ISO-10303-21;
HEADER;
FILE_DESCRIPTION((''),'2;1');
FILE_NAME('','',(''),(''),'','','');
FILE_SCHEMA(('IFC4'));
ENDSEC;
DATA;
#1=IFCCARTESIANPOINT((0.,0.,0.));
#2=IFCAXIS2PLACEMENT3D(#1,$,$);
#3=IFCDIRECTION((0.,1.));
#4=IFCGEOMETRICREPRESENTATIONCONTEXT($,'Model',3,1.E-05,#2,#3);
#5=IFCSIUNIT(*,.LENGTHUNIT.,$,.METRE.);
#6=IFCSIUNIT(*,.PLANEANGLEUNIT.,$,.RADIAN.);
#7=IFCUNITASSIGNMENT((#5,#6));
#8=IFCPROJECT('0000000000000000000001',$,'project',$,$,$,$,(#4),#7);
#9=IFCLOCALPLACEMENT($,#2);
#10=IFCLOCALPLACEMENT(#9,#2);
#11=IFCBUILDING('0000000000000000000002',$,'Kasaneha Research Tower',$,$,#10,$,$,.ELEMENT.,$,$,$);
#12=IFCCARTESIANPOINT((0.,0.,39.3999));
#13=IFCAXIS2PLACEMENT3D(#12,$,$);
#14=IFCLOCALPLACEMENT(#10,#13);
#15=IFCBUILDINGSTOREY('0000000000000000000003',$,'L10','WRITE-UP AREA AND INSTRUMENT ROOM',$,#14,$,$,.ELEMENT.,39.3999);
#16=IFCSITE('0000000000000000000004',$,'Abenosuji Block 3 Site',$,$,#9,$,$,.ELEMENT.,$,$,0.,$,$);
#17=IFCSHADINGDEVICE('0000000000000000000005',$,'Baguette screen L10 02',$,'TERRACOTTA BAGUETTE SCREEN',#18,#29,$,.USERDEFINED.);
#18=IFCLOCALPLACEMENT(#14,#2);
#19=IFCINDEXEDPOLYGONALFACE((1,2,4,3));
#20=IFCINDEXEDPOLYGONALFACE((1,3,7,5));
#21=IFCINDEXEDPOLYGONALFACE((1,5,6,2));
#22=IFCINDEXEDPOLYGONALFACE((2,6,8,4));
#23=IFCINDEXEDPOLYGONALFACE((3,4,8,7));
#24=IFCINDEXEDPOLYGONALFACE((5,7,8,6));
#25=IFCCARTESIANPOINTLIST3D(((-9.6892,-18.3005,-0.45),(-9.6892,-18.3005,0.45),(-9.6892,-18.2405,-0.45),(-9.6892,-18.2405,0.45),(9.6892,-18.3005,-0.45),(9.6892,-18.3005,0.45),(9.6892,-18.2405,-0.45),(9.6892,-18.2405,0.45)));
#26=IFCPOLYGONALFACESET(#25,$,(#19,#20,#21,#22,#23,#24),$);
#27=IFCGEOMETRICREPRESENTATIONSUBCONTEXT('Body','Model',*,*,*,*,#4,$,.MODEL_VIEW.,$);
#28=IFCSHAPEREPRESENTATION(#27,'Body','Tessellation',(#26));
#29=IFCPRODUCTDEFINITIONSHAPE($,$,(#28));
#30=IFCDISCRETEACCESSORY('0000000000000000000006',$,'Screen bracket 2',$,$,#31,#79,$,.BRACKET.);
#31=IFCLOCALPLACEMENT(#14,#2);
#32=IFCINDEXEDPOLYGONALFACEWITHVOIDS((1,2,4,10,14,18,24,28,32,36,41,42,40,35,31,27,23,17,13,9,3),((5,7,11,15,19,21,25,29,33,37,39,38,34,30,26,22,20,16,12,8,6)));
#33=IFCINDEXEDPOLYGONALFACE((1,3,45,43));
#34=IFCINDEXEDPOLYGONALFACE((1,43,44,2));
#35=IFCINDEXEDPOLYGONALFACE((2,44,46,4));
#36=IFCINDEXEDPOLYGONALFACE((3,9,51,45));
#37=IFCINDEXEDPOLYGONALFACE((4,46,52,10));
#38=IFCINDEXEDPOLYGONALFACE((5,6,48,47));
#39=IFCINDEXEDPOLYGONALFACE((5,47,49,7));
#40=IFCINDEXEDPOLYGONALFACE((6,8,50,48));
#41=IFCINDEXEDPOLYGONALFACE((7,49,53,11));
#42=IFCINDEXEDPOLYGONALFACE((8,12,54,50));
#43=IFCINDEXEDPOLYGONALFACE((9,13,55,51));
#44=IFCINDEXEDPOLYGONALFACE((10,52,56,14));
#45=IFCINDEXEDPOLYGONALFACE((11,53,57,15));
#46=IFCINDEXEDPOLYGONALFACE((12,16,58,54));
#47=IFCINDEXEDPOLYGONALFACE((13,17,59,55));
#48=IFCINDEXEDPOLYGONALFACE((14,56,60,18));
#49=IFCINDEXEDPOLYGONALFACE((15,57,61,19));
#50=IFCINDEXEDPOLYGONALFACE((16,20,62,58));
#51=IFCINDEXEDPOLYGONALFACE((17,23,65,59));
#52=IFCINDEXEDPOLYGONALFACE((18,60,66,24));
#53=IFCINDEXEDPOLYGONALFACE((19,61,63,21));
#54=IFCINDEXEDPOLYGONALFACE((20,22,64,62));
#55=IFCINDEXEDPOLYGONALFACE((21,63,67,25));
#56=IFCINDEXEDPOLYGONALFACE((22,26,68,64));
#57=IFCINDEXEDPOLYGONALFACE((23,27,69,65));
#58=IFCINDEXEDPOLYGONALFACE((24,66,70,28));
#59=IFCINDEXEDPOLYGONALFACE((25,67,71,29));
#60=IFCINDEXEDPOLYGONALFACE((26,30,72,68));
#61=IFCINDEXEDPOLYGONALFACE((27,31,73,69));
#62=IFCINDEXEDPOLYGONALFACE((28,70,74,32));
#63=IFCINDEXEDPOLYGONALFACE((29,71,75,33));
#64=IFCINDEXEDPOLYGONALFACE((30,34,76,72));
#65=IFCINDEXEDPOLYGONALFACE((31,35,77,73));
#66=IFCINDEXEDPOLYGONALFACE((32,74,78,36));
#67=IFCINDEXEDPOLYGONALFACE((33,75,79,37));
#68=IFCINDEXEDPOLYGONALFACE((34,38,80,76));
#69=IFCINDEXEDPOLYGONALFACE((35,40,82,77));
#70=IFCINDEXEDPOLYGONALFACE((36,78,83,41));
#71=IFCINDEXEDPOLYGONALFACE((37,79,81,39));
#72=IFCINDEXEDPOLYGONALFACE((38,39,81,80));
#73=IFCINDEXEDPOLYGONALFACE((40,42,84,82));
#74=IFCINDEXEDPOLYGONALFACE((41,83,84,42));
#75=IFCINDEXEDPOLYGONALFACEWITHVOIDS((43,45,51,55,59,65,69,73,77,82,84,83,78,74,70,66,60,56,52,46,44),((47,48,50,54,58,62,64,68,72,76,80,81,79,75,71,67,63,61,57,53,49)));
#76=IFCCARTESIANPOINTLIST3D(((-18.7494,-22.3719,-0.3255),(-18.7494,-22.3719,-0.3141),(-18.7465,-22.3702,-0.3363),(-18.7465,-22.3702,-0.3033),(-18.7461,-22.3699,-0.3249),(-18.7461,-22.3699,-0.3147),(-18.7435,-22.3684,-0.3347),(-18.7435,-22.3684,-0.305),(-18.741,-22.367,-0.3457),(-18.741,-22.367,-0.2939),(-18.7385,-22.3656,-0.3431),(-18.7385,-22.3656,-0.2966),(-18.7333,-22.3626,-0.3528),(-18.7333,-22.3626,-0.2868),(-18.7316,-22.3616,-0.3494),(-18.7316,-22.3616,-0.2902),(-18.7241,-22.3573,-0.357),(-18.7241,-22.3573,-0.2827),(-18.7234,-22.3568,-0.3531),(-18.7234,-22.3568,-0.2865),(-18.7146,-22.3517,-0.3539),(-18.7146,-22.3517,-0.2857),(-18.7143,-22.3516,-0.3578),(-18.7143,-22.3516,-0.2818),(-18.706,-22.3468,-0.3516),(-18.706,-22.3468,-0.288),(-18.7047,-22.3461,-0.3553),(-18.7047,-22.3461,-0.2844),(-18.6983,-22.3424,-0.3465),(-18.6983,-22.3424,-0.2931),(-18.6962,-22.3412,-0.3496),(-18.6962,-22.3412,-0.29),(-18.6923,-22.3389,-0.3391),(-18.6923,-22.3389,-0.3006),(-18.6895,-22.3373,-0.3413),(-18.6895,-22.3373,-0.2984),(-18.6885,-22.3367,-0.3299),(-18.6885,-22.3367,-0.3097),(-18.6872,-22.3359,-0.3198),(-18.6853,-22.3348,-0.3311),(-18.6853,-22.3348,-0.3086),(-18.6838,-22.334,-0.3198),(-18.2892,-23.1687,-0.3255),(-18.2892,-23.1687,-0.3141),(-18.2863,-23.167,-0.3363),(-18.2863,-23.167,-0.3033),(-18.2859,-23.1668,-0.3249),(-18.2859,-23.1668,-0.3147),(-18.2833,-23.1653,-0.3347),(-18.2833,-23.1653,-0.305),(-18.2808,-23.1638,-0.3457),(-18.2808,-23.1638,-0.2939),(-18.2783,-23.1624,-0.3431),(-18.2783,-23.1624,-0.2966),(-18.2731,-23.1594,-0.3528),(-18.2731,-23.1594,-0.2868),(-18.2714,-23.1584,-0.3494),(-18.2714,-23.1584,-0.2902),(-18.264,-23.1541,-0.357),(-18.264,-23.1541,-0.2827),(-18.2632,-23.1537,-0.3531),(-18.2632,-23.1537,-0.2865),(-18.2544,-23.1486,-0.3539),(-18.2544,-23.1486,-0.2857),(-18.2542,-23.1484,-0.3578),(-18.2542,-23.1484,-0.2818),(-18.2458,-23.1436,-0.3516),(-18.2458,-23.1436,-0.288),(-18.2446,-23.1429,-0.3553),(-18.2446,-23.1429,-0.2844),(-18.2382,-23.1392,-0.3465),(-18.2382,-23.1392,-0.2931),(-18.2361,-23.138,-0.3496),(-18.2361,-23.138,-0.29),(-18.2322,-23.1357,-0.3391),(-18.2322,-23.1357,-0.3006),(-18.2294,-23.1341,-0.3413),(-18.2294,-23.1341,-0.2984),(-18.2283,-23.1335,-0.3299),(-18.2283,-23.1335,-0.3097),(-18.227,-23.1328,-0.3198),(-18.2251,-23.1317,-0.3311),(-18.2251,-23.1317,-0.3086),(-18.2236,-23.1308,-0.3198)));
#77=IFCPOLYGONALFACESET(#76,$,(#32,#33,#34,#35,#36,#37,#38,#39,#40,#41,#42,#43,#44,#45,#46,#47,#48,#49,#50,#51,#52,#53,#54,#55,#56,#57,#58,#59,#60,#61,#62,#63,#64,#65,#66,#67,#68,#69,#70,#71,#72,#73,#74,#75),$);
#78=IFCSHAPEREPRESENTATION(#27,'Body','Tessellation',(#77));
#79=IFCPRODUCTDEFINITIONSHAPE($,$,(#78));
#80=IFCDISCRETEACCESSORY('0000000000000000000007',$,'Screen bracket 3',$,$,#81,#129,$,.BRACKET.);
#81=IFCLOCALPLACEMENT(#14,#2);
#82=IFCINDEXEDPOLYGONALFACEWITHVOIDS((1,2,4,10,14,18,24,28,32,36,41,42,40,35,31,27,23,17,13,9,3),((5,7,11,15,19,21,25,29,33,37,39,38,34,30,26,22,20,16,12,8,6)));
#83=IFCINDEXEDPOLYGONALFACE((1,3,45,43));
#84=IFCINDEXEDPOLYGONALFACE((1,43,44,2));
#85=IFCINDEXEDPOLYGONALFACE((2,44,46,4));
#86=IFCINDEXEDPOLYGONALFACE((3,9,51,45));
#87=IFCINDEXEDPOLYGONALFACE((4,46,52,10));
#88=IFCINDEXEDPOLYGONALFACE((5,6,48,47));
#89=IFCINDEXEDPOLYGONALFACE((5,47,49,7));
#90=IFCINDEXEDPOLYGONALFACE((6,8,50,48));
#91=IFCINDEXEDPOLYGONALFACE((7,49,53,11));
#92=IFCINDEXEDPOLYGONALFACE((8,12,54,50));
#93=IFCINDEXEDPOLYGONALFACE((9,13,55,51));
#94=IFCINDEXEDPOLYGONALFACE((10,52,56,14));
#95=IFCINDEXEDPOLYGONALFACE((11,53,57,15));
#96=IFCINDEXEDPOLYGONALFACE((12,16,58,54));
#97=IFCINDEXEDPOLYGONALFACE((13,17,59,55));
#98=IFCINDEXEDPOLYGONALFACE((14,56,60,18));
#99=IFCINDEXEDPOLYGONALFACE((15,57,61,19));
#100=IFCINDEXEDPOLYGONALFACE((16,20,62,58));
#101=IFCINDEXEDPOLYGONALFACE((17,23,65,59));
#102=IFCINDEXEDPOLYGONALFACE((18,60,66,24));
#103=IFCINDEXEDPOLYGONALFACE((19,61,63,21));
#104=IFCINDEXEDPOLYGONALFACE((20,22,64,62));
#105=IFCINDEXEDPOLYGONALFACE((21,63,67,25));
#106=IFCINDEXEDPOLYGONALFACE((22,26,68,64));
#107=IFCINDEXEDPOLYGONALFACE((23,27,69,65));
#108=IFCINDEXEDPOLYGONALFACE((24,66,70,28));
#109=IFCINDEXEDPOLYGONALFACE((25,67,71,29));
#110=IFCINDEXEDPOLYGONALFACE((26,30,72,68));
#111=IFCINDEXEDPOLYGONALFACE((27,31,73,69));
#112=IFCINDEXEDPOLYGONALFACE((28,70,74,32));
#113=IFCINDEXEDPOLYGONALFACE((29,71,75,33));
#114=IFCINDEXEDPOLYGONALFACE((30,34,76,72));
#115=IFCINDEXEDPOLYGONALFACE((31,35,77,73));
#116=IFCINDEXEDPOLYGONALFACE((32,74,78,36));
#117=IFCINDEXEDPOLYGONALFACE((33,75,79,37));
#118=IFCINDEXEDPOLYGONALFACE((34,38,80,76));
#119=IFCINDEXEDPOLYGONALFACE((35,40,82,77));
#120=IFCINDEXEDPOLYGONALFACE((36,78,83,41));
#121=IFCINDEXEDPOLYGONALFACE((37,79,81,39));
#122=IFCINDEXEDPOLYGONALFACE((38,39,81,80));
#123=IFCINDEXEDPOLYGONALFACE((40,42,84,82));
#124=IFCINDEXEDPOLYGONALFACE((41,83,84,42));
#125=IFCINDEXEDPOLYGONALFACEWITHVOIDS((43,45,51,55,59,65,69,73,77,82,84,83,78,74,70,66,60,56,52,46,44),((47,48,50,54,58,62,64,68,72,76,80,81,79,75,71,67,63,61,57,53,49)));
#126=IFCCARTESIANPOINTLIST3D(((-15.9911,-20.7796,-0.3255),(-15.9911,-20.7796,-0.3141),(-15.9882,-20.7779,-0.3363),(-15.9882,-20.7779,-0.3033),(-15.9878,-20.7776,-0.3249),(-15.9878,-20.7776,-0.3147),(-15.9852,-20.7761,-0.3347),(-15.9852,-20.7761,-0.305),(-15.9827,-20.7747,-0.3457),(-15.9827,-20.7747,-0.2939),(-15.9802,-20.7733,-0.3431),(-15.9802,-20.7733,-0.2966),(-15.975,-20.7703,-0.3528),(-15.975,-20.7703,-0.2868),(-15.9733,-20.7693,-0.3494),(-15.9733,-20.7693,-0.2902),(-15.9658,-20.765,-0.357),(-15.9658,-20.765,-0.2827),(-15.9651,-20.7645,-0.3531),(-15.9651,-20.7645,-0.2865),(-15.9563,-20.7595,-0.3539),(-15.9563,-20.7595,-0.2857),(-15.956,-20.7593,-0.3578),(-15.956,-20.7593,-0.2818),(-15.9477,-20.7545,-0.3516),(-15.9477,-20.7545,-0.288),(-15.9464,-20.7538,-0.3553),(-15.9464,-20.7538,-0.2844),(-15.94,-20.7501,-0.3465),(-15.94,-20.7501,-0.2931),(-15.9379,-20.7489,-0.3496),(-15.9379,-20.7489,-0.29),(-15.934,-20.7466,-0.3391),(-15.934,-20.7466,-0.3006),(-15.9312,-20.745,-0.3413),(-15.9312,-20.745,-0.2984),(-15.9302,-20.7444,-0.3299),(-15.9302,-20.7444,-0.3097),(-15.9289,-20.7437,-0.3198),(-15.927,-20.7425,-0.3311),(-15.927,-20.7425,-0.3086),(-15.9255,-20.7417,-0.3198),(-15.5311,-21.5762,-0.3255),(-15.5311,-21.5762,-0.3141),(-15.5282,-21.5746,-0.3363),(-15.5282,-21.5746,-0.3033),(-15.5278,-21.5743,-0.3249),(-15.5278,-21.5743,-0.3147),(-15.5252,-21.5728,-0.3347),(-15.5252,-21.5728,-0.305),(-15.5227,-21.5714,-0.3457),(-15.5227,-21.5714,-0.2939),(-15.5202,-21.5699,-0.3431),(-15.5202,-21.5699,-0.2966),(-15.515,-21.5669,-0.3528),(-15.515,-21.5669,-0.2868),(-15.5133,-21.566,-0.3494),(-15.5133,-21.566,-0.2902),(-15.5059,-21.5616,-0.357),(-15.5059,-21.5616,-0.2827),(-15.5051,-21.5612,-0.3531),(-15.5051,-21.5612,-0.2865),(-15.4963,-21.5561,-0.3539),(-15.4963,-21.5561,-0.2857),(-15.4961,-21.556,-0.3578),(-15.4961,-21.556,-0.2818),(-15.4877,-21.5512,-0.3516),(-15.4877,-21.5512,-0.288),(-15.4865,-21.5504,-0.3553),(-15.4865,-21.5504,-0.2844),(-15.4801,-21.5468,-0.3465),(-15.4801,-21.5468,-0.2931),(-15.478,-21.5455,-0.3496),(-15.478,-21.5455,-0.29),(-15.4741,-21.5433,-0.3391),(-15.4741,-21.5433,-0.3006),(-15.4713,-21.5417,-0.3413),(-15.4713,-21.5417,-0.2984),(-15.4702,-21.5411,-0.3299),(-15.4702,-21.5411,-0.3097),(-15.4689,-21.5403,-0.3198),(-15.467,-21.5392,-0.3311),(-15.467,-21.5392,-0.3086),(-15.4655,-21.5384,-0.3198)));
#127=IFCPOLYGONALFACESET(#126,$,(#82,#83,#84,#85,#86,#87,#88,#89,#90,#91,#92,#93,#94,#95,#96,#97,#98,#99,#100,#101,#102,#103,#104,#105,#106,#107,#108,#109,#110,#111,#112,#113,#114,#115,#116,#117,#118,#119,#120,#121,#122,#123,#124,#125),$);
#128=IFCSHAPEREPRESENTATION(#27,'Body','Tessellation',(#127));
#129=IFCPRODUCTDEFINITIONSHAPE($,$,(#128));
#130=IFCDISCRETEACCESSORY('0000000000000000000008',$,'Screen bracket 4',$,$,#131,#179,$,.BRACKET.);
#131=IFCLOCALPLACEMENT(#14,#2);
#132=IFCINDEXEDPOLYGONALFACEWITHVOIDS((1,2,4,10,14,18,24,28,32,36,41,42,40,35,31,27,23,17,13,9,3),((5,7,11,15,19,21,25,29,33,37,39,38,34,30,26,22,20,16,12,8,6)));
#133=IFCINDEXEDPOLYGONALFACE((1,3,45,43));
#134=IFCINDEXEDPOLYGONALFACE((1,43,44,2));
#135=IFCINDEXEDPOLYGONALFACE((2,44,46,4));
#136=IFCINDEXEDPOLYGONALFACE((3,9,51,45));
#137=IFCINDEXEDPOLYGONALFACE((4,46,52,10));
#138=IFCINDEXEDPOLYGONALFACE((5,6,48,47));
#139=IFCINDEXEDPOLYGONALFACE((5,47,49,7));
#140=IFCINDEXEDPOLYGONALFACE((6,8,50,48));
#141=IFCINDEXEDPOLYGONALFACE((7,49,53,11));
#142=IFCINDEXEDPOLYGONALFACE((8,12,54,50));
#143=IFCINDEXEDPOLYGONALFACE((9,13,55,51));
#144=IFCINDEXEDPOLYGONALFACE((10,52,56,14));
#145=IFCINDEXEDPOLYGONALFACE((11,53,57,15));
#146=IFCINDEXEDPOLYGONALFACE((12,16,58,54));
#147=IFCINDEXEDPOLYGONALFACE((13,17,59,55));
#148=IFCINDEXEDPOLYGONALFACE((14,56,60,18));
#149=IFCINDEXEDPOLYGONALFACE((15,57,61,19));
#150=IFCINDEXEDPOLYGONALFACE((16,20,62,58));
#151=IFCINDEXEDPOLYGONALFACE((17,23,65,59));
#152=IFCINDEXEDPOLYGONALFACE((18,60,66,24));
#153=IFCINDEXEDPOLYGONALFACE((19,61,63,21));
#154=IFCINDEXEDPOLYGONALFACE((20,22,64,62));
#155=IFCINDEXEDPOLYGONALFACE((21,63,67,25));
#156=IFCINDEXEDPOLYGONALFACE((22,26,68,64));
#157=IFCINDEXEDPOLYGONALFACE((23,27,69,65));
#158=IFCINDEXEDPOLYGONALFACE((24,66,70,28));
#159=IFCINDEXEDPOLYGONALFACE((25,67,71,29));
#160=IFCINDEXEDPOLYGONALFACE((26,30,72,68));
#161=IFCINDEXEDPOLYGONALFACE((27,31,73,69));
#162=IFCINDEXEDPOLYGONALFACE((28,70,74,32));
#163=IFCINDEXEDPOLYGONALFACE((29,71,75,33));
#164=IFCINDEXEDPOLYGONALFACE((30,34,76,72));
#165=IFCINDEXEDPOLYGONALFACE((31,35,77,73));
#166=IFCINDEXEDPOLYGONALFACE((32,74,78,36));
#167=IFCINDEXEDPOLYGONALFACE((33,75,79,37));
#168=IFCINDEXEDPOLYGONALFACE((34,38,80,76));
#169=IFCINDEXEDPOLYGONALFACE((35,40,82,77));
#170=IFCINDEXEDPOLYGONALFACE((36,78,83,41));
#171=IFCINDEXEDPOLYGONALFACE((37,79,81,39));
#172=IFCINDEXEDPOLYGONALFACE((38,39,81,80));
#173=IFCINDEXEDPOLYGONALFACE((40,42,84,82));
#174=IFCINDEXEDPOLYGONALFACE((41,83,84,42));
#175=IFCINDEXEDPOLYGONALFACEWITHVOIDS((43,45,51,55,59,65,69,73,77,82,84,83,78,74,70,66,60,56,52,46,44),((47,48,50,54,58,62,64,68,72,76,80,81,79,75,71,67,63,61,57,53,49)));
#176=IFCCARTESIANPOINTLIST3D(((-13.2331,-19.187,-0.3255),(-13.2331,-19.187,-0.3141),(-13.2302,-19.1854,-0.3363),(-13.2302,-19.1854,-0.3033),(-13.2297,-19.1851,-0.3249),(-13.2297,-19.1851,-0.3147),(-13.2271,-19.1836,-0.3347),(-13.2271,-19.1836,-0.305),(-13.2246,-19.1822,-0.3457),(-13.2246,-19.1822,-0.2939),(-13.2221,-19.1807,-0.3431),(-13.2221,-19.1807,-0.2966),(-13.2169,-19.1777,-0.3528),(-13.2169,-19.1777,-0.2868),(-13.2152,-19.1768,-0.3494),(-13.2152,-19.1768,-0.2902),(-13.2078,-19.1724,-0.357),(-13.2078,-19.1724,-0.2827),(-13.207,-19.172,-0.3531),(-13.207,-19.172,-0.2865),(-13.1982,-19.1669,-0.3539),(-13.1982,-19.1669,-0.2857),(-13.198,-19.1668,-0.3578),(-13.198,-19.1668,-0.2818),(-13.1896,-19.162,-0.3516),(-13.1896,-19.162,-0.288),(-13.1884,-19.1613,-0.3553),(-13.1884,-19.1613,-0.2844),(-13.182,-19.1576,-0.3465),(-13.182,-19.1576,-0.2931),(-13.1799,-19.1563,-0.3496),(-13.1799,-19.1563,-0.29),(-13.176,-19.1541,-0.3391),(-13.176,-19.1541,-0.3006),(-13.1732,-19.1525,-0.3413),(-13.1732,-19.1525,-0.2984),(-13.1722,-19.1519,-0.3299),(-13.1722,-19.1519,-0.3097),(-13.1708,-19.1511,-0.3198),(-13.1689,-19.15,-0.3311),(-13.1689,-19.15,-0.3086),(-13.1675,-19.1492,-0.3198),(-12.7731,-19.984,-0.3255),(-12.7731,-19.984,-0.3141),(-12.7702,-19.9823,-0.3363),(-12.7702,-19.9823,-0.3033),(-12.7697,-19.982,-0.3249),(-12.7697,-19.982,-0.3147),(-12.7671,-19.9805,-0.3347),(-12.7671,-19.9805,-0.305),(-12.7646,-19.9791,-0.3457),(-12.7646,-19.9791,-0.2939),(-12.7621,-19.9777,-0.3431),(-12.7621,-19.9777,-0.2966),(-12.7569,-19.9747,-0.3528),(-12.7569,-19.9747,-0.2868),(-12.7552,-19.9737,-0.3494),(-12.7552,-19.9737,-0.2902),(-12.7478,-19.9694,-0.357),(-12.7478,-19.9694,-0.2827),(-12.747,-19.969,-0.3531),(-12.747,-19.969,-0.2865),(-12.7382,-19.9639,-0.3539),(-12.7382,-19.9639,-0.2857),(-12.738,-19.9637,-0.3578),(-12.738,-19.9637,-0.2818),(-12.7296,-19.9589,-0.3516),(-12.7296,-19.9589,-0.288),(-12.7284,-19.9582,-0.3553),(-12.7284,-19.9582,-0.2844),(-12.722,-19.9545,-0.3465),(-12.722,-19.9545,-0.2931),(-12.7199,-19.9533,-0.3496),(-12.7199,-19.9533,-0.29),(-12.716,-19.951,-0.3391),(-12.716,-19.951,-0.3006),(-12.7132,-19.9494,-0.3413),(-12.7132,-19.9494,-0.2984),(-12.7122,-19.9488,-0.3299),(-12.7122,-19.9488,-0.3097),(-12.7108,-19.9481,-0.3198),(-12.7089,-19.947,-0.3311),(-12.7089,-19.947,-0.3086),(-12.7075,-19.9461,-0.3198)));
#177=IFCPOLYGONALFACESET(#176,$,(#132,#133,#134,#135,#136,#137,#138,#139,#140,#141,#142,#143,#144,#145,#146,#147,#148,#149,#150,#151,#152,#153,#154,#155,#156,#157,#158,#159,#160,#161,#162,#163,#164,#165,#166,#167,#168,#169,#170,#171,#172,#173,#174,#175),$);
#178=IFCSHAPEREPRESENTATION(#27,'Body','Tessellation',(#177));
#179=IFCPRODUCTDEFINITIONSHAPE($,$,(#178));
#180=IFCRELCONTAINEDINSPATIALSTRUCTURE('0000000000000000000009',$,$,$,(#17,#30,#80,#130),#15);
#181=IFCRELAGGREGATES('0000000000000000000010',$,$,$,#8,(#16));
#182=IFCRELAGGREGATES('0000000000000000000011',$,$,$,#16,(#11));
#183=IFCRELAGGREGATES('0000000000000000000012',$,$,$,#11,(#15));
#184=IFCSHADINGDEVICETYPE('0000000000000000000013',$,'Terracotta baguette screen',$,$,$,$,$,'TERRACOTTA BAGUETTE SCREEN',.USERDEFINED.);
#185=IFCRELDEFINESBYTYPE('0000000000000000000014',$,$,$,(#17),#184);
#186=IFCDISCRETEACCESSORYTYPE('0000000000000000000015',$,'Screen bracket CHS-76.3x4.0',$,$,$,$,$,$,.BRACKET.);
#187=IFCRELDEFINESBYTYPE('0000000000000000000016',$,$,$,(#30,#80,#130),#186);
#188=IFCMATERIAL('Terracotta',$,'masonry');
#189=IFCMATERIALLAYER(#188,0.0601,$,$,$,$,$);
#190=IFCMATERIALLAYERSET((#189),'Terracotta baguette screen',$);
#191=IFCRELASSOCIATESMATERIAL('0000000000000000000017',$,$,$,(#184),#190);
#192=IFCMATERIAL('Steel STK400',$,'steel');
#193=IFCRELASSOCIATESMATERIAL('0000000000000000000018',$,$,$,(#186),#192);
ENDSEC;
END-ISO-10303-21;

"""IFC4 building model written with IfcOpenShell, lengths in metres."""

from ifc_helpers import new_model, si_unit, direction, frame, origin, origin_2d, place, context, subcontext, project, spatial, rectangle, hollow_circle, extrude, material, layer, layer_set, material_profile, profile_set, type_object, element, save


model = new_model("IFC4")

# Units and contexts
model_context = context("Model", 3, precision=1e-05, world=origin(), true_north=direction((0.0, 1.0)))
body_context = subcontext(model_context, "Body", "Model", "MODEL_VIEW")
ifc_project = project(units=[si_unit("LENGTHUNIT", "METRE"), si_unit("PLANEANGLEUNIT", "RADIAN")], contexts=[model_context])

# Site, building, storey
site_placement = place(None, origin())
site = spatial("IfcSite", under=ifc_project, at=site_placement, Name="Abenosuji Block 3 Site", CompositionType="ELEMENT", RefElevation=0.0)
building_placement = place(site_placement, origin())
building = spatial("IfcBuilding", under=site, at=building_placement, Name="Kasaneha Research Tower", CompositionType="ELEMENT")
storey_placement = place(building_placement, frame((0.0, 0.0, 39.3999)))
storey = spatial("IfcBuildingStorey", under=building, at=storey_placement, Name="L10", Description="WRITE-UP AREA AND INSTRUMENT ROOM", CompositionType="ELEMENT", Elevation=39.3999)

# Shading device
ifc_material_1 = material(Name="Terracotta", Category="masonry")
ifc_layer_1 = layer(ifc_material_1, 0.0601)
ifc_layer_set_1 = layer_set([ifc_layer_1], Name="Terracotta baguette screen")
shading_device_type = type_object("IfcShadingDeviceType", Name="Terracotta baguette screen", ElementType="TERRACOTTA BAGUETTE SCREEN", PredefinedType="USERDEFINED", material=ifc_layer_set_1)
shading_device_1_placement = place(storey_placement, frame((0.0, -18.2705, -0.45), z_axis=(0.0, 0.0, 1.0), x_axis=(1.0, 0.0, 0.0)))
element("IfcShadingDevice", 1, at=shading_device_1_placement, inside=storey, type_object=shading_device_type, Name="Baguette screen L10 02", ObjectType="TERRACOTTA BAGUETTE SCREEN", PredefinedType="USERDEFINED", context=body_context, shape_type="SweptSolid", body=[
    extrude(rectangle(XDim=19.3784, YDim=0.0601, at=origin_2d()), origin(), (0.0, 0.0, 1.0), 0.8999),
])

# Discrete accessories
ifc_material_2 = material(Name="Steel STK400", Category="steel")
ifc_material_profile_1 = material_profile(ifc_material_2, hollow_circle(Radius=0.0381, WallThickness=0.0039, at=origin_2d()), Name="CHS-76.3x4.0")
ifc_profile_set_1 = profile_set([ifc_material_profile_1], Name="Steel STK400")
discrete_accessory_type = type_object("IfcDiscreteAccessoryType", Name="Screen bracket CHS-76.3x4.0", PredefinedType="BRACKET", material=ifc_profile_set_1)
discrete_accessory_1_placement = place(storey_placement, frame((-18.7168, -22.353, -0.3198), z_axis=(0.500105, -0.865965, 0.0), x_axis=(0.865965, 0.500105, 0.0)))
element("IfcDiscreteAccessory", 2, at=discrete_accessory_1_placement, inside=storey, type_object=discrete_accessory_type, Name="Screen bracket 2", PredefinedType="BRACKET", context=body_context, shape_type="SweptSolid", body=[
    extrude(hollow_circle(Radius=0.0381, WallThickness=0.0039, at=origin_2d()), origin(), (0.0, 0.0, 1.0), 0.9202),
])
discrete_accessory_2_placement = place(storey_placement, frame((-15.9585, -20.7607, -0.3198), z_axis=(0.500021, -0.866013, 0.0), x_axis=(0.866013, 0.500021, 0.0)))
element("IfcDiscreteAccessory", 3, at=discrete_accessory_2_placement, inside=storey, type_object=discrete_accessory_type, Name="Screen bracket 3", PredefinedType="BRACKET", context=body_context, shape_type="SweptSolid", body=[
    extrude(hollow_circle(Radius=0.0381, WallThickness=0.0039, at=origin_2d()), origin(), (0.0, 0.0, 1.0), 0.9199),
])
discrete_accessory_3_placement = place(storey_placement, frame((-13.2004, -19.1682, -0.3198), z_axis=(0.499906, -0.86608, 0.0), x_axis=(0.86608, 0.499906, 0.0)))
element("IfcDiscreteAccessory", 4, at=discrete_accessory_3_placement, inside=storey, type_object=discrete_accessory_type, Name="Screen bracket 4", PredefinedType="BRACKET", context=body_context, shape_type="SweptSolid", body=[
    extrude(hollow_circle(Radius=0.0381, WallThickness=0.0039, at=origin_2d()), origin(), (0.0, 0.0, 1.0), 0.9202),
])

save(model, "model.ifc")
